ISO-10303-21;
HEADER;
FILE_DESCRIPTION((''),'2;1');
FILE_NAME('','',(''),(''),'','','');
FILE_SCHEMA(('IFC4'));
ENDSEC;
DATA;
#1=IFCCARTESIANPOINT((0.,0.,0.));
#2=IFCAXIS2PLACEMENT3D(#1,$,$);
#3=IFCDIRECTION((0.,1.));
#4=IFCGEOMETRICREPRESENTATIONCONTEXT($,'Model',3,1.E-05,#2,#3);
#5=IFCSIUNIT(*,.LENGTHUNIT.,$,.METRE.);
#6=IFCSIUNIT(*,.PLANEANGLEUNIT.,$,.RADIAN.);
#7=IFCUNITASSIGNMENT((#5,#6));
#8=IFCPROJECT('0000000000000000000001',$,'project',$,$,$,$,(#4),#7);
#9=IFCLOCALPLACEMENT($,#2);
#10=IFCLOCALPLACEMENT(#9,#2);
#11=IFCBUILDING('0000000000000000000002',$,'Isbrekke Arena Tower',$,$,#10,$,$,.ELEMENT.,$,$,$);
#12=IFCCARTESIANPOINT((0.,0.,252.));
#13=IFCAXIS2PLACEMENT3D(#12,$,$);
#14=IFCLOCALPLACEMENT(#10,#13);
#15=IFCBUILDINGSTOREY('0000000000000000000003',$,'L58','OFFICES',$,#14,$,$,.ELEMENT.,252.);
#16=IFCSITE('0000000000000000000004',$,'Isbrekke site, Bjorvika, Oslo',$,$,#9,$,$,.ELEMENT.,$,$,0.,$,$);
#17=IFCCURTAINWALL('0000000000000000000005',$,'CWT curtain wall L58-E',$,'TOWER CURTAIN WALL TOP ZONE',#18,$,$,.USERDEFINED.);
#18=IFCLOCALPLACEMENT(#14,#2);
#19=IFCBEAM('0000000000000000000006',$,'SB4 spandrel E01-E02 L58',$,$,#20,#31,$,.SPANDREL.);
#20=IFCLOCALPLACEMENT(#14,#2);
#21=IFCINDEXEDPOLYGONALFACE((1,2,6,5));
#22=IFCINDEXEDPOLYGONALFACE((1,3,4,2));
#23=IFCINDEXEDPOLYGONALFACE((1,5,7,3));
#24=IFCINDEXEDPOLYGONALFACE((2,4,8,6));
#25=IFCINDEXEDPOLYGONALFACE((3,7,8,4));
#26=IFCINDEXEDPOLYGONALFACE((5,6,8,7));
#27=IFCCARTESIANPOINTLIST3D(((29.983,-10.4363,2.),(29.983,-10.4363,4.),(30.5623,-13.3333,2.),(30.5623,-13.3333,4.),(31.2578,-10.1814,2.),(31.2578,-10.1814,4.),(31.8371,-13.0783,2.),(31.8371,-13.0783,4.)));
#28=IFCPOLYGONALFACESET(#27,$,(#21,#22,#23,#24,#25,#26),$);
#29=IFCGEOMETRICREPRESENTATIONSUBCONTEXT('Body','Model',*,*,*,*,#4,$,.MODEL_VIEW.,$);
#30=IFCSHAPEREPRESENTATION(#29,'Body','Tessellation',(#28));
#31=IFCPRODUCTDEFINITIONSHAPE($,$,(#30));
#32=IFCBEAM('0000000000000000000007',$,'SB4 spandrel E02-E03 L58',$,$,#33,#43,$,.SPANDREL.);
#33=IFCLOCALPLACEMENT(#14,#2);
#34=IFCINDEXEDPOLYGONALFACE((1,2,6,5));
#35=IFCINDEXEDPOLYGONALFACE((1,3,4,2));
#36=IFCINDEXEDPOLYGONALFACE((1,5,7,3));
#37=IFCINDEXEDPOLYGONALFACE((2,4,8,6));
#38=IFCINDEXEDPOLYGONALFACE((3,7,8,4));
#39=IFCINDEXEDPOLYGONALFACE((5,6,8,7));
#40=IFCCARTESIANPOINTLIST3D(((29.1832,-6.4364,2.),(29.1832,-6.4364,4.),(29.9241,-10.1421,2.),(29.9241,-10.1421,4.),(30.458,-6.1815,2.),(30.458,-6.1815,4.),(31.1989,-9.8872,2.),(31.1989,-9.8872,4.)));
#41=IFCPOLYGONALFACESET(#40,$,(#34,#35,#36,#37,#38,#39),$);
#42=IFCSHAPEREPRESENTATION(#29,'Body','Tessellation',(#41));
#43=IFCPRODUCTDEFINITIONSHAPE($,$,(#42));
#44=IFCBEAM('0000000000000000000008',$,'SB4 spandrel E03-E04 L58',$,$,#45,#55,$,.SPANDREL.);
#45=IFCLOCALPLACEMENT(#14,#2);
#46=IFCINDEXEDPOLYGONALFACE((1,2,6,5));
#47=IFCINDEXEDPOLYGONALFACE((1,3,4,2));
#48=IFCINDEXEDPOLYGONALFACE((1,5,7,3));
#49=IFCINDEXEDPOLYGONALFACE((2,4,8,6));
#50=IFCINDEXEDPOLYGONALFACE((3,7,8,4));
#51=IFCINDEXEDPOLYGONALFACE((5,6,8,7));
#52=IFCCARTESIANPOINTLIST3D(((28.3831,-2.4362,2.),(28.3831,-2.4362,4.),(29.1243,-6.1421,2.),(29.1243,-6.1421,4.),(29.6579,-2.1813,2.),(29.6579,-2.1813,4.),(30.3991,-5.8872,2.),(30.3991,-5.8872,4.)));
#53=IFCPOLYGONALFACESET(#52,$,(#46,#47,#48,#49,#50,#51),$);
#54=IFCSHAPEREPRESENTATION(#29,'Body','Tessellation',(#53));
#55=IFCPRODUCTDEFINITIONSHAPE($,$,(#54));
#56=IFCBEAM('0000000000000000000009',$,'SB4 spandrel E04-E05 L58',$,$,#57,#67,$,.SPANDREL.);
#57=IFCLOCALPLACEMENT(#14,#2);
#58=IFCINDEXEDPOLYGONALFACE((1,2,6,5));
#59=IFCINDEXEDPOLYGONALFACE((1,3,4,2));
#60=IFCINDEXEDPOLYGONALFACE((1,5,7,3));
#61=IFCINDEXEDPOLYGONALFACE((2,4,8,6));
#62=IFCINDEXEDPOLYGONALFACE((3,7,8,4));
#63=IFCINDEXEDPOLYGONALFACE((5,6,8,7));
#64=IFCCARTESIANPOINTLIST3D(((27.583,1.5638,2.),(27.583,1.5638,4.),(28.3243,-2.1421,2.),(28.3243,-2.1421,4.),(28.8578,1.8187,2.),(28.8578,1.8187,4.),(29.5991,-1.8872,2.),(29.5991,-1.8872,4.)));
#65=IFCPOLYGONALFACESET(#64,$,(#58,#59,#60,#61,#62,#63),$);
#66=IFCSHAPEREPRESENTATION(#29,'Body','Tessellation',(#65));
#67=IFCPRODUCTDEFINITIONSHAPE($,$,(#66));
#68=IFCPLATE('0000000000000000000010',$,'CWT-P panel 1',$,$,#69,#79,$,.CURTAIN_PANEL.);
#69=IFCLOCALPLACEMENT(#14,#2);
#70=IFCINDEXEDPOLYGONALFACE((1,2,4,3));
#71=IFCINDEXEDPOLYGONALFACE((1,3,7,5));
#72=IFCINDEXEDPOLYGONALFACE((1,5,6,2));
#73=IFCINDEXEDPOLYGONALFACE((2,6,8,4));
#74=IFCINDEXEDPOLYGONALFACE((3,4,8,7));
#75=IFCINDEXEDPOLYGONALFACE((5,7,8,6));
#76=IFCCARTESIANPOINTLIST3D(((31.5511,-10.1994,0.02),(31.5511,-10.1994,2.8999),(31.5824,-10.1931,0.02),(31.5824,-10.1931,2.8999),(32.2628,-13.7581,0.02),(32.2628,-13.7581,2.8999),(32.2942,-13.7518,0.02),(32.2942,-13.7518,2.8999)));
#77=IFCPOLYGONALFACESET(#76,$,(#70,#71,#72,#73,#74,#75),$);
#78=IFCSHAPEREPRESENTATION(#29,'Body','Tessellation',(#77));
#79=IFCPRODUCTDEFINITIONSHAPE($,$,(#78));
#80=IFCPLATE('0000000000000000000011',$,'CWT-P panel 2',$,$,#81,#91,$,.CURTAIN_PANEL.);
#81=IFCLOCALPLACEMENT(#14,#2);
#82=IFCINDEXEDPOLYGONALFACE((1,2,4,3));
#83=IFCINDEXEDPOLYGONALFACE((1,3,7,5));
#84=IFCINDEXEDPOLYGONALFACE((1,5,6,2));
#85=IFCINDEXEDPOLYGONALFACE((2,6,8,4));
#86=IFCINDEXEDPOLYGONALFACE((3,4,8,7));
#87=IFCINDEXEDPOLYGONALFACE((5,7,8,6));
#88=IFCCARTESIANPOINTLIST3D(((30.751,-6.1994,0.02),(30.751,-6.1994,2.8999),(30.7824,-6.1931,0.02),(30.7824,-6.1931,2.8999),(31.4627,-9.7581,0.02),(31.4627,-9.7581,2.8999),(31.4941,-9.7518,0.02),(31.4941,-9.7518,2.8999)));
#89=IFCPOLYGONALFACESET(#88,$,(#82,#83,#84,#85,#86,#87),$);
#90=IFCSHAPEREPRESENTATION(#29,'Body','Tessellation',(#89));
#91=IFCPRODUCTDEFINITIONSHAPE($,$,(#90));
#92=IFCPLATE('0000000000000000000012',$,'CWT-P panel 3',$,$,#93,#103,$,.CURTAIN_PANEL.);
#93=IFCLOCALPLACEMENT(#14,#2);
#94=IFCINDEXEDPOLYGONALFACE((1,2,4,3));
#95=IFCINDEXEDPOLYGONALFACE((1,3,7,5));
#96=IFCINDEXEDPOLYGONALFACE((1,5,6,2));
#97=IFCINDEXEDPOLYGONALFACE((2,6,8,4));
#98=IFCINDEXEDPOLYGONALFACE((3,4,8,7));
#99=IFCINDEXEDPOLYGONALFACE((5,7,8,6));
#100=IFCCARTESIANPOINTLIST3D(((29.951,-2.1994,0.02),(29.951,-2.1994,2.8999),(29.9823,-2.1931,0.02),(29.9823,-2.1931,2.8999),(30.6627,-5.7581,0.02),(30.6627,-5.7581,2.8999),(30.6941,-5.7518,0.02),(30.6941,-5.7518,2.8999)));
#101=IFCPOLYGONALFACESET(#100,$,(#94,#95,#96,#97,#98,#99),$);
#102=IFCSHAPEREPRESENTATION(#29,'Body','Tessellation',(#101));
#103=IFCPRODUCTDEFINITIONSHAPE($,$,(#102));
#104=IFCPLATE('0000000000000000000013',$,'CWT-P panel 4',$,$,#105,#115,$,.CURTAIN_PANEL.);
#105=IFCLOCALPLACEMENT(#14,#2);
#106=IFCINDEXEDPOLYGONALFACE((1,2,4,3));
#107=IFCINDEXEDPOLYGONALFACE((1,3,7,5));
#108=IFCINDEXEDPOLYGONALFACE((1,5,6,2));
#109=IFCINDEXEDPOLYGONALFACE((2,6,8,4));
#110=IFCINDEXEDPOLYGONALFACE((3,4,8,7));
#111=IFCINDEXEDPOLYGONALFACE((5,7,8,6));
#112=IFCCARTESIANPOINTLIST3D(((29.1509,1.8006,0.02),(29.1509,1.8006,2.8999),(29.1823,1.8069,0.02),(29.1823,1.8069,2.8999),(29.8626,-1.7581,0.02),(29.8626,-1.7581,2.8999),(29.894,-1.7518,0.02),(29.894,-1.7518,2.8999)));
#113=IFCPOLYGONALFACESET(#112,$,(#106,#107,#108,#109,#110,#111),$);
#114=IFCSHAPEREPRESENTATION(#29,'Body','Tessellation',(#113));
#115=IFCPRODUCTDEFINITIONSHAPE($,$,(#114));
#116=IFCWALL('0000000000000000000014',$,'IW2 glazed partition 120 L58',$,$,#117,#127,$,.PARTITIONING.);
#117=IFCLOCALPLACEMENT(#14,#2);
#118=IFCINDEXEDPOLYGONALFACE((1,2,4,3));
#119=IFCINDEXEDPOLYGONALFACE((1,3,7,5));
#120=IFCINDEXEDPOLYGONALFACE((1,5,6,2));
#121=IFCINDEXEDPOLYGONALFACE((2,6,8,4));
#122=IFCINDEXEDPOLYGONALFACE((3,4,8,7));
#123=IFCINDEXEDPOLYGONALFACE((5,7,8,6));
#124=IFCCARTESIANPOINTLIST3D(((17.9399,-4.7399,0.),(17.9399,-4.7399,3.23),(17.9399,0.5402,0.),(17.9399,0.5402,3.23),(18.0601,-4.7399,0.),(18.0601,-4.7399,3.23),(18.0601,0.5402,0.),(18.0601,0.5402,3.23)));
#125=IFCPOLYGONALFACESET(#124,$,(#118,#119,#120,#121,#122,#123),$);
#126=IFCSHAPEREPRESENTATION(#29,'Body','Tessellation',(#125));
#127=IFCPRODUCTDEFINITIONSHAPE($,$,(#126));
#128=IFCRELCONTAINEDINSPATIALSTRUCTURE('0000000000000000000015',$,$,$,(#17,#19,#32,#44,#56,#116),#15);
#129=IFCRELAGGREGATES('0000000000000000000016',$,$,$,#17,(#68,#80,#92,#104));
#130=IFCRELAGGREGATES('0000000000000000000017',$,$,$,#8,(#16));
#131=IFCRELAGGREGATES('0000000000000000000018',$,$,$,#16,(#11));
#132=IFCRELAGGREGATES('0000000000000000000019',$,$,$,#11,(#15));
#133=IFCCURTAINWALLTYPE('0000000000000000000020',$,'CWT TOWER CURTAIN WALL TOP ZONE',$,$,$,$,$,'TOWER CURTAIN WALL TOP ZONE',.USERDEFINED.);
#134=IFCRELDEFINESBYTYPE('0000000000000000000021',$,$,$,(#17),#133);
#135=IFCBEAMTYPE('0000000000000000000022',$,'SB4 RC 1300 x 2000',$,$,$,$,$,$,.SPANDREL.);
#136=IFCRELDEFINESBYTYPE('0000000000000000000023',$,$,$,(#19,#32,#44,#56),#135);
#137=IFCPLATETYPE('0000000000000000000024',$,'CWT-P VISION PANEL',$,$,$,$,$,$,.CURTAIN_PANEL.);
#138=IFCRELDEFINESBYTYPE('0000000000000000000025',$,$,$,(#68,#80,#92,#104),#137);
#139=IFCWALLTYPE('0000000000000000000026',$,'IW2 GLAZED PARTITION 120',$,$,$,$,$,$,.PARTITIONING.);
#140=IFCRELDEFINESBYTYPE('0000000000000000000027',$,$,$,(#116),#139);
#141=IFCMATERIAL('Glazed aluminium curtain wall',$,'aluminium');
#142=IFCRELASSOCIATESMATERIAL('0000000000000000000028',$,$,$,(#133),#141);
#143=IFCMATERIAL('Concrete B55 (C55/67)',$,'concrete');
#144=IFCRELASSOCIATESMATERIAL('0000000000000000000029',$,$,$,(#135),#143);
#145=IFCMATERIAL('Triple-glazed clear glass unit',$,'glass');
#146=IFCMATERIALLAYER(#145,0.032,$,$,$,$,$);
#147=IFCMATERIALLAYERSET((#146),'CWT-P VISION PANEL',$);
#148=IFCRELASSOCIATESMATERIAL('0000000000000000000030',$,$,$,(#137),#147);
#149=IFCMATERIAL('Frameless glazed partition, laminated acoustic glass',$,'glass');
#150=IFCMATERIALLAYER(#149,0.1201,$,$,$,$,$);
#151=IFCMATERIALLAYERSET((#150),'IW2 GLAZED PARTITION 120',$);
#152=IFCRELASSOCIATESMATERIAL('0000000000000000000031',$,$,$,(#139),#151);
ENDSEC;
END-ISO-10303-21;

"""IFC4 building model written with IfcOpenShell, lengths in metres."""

from ifc_helpers import new_model, si_unit, direction, frame, frame_2d, origin, origin_2d, place, context, subcontext, project, spatial, rectangle, extrude, material, layer, layer_set, material_profile, profile_set, type_object, element, aggregate, save


model = new_model("IFC4")

# Units and contexts
model_context = context("Model", 3, precision=1e-05, world=origin(), true_north=direction((0.0, 1.0)))
body_context = subcontext(model_context, "Body", "Model", "MODEL_VIEW")
ifc_project = project(units=[si_unit("LENGTHUNIT", "METRE"), si_unit("PLANEANGLEUNIT", "RADIAN")], contexts=[model_context])

# Site, building, storey
site_placement = place(None, origin())
site = spatial("IfcSite", under=ifc_project, at=site_placement, Name="Isbrekke site, Bjorvika, Oslo", CompositionType="ELEMENT", RefElevation=0.0)
building_placement = place(site_placement, origin())
building = spatial("IfcBuilding", under=site, at=building_placement, Name="Isbrekke Arena Tower", CompositionType="ELEMENT")
storey_placement = place(building_placement, frame((0.0, 0.0, 252.0)))
storey = spatial("IfcBuildingStorey", under=building, at=storey_placement, Name="L58", Description="OFFICES", CompositionType="ELEMENT", Elevation=252.0)

# Curtain wall
ifc_material_1 = material(Name="Glazed aluminium curtain wall", Category="aluminium")
curtain_wall_type = type_object("IfcCurtainWallType", Name="CWT TOWER CURTAIN WALL TOP ZONE", ElementType="TOWER CURTAIN WALL TOP ZONE", PredefinedType="USERDEFINED", material=ifc_material_1)
curtain_wall_placement = place(storey_placement, origin())
curtain_wall = element("IfcCurtainWall", 1, at=curtain_wall_placement, inside=storey, type_object=curtain_wall_type, Name="CWT curtain wall L58-E", ObjectType="TOWER CURTAIN WALL TOP ZONE", PredefinedType="USERDEFINED")

# Beams
ifc_material_2 = material(Name="Concrete B55 (C55/67)", Category="concrete")
ifc_material_profile_1 = material_profile(ifc_material_2, rectangle(XDim=1.3, YDim=2.0, at=origin_2d()), Name="RC 1300x2000")
ifc_profile_set_1 = profile_set([ifc_material_profile_1], Name="Concrete B55 (C55/67)")
beam_type_1 = type_object("IfcBeamType", Name="SB4 RC 1300 x 2000", PredefinedType="SPANDREL", material=ifc_profile_set_1)
beam_1_placement = place(storey_placement, frame((31.1997, -13.2058, 3.0), z_axis=(-0.1961, 0.980584, 0.0), x_axis=(-0.980584, -0.1961, 0.0)))
element("IfcBeam", 2, at=beam_1_placement, inside=storey, type_object=beam_type_1, Name="SB4 spandrel E01-E02 L58", PredefinedType="SPANDREL", context=body_context, shape_type="SweptSolid", body=[
    extrude(rectangle(XDim=1.3, YDim=2.0, at=origin_2d()), origin(), (0.0, 0.0, 1.0), 2.9543),
])
beam_2_placement = place(storey_placement, frame((30.5615, -10.0146, 3.0), z_axis=(-0.196066, 0.980591, 0.0), x_axis=(-0.980591, -0.196066, 0.0)))
element("IfcBeam", 3, at=beam_2_placement, inside=storey, type_object=beam_type_1, Name="SB4 spandrel E02-E03 L58", PredefinedType="SPANDREL", context=body_context, shape_type="SweptSolid", body=[
    extrude(rectangle(XDim=1.3, YDim=2.0, at=origin_2d()), origin(), (0.0, 0.0, 1.0), 3.7791),
])
for number, where, z_axis, x_axis, name in (
    (4, (29.7617, -6.0146, 3.0), (-0.196129, 0.980578, 0.0), (-0.980578, -0.196129, 0.0), "SB4 spandrel E03-E04 L58"),
    (5, (28.9617, -2.0146, 3.0), (-0.196129, 0.980578, 0.0), (-0.980578, -0.196129, 0.0), "SB4 spandrel E04-E05 L58"),
):
    element("IfcBeam", number, at=place(storey_placement, frame(where, z_axis=z_axis, x_axis=x_axis)), inside=storey, type_object=beam_type_1, Name=name, PredefinedType="SPANDREL", context=body_context, shape_type="SweptSolid", body=[
        extrude(rectangle(XDim=1.3, YDim=2.0, at=origin_2d()), origin(), (0.0, 0.0, 1.0), 3.7793),
    ])

# Plates
ifc_material_3 = material(Name="Triple-glazed clear glass unit", Category="glass")
ifc_layer_1 = layer(ifc_material_3, 0.032)
ifc_layer_set_1 = layer_set([ifc_layer_1], Name="CWT-P VISION PANEL")
plate_type = type_object("IfcPlateType", Name="CWT-P VISION PANEL", PredefinedType="CURTAIN_PANEL", material=ifc_layer_set_1)
plate_1_placement = place(storey_placement, frame((31.9226, -11.9756, 0.02), z_axis=(0.0, 0.0, 1.0), x_axis=(-0.196116, 0.980581, 0.0)))
plate_1 = element("IfcPlate", 6, at=plate_1_placement, type_object=plate_type, Name="CWT-P panel 1", PredefinedType="CURTAIN_PANEL", context=body_context, shape_type="SweptSolid", body=[
    extrude(rectangle(XDim=3.6292, YDim=0.032, at=origin_2d()), origin(), (0.0, 0.0, 1.0), 2.8799),
])
plate_2_placement = place(storey_placement, frame((31.1226, -7.9756, 0.02), z_axis=(0.0, 0.0, 1.0), x_axis=(-0.196116, 0.980581, 0.0)))
plate_2 = element("IfcPlate", 7, at=plate_2_placement, type_object=plate_type, Name="CWT-P panel 2", PredefinedType="CURTAIN_PANEL", context=body_context, shape_type="SweptSolid", body=[
    extrude(rectangle(XDim=3.6292, YDim=0.032, at=origin_2d()), origin(), (0.0, 0.0, 1.0), 2.8799),
])
plate_3_placement = place(storey_placement, frame((30.3225, -3.9756, 0.02), z_axis=(0.0, 0.0, 1.0), x_axis=(-0.196116, 0.980581, 0.0)))
plate_3 = element("IfcPlate", 8, at=plate_3_placement, type_object=plate_type, Name="CWT-P panel 3", PredefinedType="CURTAIN_PANEL", context=body_context, shape_type="SweptSolid", body=[
    extrude(rectangle(XDim=3.6292, YDim=0.032, at=origin_2d()), origin(), (0.0, 0.0, 1.0), 2.8799),
])
plate_4_placement = place(storey_placement, frame((29.5225, 0.0244, 0.02), z_axis=(0.0, 0.0, 1.0), x_axis=(-0.196116, 0.980581, 0.0)))
plate_4 = element("IfcPlate", 9, at=plate_4_placement, type_object=plate_type, Name="CWT-P panel 4", PredefinedType="CURTAIN_PANEL", context=body_context, shape_type="SweptSolid", body=[
    extrude(rectangle(XDim=3.6292, YDim=0.032, at=origin_2d()), origin(), (0.0, 0.0, 1.0), 2.8799),
])
aggregate(curtain_wall, [plate_1, plate_2, plate_3, plate_4])

# Wall
ifc_material_4 = material(Name="Frameless glazed partition, laminated acoustic glass", Category="glass")
ifc_layer_2 = layer(ifc_material_4, 0.1201)
ifc_layer_set_2 = layer_set([ifc_layer_2], Name="IW2 GLAZED PARTITION 120")
wall_type = type_object("IfcWallType", Name="IW2 GLAZED PARTITION 120", PredefinedType="PARTITIONING", material=ifc_layer_set_2)
wall_placement = place(storey_placement, frame((18.0, -4.74, 0.0), z_axis=(0.0, 0.0, 1.0), x_axis=(0.0, 1.0, 0.0)))
element("IfcWall", 10, at=wall_placement, inside=storey, type_object=wall_type, Name="IW2 glazed partition 120 L58", PredefinedType="PARTITIONING", context=body_context, shape_type="SweptSolid", body=[
    extrude(rectangle(XDim=5.28, YDim=0.1201, at=frame_2d((2.6401, 0.0))), origin(), (0.0, 0.0, 1.0), 3.23),
])

save(model, "model.ifc")
